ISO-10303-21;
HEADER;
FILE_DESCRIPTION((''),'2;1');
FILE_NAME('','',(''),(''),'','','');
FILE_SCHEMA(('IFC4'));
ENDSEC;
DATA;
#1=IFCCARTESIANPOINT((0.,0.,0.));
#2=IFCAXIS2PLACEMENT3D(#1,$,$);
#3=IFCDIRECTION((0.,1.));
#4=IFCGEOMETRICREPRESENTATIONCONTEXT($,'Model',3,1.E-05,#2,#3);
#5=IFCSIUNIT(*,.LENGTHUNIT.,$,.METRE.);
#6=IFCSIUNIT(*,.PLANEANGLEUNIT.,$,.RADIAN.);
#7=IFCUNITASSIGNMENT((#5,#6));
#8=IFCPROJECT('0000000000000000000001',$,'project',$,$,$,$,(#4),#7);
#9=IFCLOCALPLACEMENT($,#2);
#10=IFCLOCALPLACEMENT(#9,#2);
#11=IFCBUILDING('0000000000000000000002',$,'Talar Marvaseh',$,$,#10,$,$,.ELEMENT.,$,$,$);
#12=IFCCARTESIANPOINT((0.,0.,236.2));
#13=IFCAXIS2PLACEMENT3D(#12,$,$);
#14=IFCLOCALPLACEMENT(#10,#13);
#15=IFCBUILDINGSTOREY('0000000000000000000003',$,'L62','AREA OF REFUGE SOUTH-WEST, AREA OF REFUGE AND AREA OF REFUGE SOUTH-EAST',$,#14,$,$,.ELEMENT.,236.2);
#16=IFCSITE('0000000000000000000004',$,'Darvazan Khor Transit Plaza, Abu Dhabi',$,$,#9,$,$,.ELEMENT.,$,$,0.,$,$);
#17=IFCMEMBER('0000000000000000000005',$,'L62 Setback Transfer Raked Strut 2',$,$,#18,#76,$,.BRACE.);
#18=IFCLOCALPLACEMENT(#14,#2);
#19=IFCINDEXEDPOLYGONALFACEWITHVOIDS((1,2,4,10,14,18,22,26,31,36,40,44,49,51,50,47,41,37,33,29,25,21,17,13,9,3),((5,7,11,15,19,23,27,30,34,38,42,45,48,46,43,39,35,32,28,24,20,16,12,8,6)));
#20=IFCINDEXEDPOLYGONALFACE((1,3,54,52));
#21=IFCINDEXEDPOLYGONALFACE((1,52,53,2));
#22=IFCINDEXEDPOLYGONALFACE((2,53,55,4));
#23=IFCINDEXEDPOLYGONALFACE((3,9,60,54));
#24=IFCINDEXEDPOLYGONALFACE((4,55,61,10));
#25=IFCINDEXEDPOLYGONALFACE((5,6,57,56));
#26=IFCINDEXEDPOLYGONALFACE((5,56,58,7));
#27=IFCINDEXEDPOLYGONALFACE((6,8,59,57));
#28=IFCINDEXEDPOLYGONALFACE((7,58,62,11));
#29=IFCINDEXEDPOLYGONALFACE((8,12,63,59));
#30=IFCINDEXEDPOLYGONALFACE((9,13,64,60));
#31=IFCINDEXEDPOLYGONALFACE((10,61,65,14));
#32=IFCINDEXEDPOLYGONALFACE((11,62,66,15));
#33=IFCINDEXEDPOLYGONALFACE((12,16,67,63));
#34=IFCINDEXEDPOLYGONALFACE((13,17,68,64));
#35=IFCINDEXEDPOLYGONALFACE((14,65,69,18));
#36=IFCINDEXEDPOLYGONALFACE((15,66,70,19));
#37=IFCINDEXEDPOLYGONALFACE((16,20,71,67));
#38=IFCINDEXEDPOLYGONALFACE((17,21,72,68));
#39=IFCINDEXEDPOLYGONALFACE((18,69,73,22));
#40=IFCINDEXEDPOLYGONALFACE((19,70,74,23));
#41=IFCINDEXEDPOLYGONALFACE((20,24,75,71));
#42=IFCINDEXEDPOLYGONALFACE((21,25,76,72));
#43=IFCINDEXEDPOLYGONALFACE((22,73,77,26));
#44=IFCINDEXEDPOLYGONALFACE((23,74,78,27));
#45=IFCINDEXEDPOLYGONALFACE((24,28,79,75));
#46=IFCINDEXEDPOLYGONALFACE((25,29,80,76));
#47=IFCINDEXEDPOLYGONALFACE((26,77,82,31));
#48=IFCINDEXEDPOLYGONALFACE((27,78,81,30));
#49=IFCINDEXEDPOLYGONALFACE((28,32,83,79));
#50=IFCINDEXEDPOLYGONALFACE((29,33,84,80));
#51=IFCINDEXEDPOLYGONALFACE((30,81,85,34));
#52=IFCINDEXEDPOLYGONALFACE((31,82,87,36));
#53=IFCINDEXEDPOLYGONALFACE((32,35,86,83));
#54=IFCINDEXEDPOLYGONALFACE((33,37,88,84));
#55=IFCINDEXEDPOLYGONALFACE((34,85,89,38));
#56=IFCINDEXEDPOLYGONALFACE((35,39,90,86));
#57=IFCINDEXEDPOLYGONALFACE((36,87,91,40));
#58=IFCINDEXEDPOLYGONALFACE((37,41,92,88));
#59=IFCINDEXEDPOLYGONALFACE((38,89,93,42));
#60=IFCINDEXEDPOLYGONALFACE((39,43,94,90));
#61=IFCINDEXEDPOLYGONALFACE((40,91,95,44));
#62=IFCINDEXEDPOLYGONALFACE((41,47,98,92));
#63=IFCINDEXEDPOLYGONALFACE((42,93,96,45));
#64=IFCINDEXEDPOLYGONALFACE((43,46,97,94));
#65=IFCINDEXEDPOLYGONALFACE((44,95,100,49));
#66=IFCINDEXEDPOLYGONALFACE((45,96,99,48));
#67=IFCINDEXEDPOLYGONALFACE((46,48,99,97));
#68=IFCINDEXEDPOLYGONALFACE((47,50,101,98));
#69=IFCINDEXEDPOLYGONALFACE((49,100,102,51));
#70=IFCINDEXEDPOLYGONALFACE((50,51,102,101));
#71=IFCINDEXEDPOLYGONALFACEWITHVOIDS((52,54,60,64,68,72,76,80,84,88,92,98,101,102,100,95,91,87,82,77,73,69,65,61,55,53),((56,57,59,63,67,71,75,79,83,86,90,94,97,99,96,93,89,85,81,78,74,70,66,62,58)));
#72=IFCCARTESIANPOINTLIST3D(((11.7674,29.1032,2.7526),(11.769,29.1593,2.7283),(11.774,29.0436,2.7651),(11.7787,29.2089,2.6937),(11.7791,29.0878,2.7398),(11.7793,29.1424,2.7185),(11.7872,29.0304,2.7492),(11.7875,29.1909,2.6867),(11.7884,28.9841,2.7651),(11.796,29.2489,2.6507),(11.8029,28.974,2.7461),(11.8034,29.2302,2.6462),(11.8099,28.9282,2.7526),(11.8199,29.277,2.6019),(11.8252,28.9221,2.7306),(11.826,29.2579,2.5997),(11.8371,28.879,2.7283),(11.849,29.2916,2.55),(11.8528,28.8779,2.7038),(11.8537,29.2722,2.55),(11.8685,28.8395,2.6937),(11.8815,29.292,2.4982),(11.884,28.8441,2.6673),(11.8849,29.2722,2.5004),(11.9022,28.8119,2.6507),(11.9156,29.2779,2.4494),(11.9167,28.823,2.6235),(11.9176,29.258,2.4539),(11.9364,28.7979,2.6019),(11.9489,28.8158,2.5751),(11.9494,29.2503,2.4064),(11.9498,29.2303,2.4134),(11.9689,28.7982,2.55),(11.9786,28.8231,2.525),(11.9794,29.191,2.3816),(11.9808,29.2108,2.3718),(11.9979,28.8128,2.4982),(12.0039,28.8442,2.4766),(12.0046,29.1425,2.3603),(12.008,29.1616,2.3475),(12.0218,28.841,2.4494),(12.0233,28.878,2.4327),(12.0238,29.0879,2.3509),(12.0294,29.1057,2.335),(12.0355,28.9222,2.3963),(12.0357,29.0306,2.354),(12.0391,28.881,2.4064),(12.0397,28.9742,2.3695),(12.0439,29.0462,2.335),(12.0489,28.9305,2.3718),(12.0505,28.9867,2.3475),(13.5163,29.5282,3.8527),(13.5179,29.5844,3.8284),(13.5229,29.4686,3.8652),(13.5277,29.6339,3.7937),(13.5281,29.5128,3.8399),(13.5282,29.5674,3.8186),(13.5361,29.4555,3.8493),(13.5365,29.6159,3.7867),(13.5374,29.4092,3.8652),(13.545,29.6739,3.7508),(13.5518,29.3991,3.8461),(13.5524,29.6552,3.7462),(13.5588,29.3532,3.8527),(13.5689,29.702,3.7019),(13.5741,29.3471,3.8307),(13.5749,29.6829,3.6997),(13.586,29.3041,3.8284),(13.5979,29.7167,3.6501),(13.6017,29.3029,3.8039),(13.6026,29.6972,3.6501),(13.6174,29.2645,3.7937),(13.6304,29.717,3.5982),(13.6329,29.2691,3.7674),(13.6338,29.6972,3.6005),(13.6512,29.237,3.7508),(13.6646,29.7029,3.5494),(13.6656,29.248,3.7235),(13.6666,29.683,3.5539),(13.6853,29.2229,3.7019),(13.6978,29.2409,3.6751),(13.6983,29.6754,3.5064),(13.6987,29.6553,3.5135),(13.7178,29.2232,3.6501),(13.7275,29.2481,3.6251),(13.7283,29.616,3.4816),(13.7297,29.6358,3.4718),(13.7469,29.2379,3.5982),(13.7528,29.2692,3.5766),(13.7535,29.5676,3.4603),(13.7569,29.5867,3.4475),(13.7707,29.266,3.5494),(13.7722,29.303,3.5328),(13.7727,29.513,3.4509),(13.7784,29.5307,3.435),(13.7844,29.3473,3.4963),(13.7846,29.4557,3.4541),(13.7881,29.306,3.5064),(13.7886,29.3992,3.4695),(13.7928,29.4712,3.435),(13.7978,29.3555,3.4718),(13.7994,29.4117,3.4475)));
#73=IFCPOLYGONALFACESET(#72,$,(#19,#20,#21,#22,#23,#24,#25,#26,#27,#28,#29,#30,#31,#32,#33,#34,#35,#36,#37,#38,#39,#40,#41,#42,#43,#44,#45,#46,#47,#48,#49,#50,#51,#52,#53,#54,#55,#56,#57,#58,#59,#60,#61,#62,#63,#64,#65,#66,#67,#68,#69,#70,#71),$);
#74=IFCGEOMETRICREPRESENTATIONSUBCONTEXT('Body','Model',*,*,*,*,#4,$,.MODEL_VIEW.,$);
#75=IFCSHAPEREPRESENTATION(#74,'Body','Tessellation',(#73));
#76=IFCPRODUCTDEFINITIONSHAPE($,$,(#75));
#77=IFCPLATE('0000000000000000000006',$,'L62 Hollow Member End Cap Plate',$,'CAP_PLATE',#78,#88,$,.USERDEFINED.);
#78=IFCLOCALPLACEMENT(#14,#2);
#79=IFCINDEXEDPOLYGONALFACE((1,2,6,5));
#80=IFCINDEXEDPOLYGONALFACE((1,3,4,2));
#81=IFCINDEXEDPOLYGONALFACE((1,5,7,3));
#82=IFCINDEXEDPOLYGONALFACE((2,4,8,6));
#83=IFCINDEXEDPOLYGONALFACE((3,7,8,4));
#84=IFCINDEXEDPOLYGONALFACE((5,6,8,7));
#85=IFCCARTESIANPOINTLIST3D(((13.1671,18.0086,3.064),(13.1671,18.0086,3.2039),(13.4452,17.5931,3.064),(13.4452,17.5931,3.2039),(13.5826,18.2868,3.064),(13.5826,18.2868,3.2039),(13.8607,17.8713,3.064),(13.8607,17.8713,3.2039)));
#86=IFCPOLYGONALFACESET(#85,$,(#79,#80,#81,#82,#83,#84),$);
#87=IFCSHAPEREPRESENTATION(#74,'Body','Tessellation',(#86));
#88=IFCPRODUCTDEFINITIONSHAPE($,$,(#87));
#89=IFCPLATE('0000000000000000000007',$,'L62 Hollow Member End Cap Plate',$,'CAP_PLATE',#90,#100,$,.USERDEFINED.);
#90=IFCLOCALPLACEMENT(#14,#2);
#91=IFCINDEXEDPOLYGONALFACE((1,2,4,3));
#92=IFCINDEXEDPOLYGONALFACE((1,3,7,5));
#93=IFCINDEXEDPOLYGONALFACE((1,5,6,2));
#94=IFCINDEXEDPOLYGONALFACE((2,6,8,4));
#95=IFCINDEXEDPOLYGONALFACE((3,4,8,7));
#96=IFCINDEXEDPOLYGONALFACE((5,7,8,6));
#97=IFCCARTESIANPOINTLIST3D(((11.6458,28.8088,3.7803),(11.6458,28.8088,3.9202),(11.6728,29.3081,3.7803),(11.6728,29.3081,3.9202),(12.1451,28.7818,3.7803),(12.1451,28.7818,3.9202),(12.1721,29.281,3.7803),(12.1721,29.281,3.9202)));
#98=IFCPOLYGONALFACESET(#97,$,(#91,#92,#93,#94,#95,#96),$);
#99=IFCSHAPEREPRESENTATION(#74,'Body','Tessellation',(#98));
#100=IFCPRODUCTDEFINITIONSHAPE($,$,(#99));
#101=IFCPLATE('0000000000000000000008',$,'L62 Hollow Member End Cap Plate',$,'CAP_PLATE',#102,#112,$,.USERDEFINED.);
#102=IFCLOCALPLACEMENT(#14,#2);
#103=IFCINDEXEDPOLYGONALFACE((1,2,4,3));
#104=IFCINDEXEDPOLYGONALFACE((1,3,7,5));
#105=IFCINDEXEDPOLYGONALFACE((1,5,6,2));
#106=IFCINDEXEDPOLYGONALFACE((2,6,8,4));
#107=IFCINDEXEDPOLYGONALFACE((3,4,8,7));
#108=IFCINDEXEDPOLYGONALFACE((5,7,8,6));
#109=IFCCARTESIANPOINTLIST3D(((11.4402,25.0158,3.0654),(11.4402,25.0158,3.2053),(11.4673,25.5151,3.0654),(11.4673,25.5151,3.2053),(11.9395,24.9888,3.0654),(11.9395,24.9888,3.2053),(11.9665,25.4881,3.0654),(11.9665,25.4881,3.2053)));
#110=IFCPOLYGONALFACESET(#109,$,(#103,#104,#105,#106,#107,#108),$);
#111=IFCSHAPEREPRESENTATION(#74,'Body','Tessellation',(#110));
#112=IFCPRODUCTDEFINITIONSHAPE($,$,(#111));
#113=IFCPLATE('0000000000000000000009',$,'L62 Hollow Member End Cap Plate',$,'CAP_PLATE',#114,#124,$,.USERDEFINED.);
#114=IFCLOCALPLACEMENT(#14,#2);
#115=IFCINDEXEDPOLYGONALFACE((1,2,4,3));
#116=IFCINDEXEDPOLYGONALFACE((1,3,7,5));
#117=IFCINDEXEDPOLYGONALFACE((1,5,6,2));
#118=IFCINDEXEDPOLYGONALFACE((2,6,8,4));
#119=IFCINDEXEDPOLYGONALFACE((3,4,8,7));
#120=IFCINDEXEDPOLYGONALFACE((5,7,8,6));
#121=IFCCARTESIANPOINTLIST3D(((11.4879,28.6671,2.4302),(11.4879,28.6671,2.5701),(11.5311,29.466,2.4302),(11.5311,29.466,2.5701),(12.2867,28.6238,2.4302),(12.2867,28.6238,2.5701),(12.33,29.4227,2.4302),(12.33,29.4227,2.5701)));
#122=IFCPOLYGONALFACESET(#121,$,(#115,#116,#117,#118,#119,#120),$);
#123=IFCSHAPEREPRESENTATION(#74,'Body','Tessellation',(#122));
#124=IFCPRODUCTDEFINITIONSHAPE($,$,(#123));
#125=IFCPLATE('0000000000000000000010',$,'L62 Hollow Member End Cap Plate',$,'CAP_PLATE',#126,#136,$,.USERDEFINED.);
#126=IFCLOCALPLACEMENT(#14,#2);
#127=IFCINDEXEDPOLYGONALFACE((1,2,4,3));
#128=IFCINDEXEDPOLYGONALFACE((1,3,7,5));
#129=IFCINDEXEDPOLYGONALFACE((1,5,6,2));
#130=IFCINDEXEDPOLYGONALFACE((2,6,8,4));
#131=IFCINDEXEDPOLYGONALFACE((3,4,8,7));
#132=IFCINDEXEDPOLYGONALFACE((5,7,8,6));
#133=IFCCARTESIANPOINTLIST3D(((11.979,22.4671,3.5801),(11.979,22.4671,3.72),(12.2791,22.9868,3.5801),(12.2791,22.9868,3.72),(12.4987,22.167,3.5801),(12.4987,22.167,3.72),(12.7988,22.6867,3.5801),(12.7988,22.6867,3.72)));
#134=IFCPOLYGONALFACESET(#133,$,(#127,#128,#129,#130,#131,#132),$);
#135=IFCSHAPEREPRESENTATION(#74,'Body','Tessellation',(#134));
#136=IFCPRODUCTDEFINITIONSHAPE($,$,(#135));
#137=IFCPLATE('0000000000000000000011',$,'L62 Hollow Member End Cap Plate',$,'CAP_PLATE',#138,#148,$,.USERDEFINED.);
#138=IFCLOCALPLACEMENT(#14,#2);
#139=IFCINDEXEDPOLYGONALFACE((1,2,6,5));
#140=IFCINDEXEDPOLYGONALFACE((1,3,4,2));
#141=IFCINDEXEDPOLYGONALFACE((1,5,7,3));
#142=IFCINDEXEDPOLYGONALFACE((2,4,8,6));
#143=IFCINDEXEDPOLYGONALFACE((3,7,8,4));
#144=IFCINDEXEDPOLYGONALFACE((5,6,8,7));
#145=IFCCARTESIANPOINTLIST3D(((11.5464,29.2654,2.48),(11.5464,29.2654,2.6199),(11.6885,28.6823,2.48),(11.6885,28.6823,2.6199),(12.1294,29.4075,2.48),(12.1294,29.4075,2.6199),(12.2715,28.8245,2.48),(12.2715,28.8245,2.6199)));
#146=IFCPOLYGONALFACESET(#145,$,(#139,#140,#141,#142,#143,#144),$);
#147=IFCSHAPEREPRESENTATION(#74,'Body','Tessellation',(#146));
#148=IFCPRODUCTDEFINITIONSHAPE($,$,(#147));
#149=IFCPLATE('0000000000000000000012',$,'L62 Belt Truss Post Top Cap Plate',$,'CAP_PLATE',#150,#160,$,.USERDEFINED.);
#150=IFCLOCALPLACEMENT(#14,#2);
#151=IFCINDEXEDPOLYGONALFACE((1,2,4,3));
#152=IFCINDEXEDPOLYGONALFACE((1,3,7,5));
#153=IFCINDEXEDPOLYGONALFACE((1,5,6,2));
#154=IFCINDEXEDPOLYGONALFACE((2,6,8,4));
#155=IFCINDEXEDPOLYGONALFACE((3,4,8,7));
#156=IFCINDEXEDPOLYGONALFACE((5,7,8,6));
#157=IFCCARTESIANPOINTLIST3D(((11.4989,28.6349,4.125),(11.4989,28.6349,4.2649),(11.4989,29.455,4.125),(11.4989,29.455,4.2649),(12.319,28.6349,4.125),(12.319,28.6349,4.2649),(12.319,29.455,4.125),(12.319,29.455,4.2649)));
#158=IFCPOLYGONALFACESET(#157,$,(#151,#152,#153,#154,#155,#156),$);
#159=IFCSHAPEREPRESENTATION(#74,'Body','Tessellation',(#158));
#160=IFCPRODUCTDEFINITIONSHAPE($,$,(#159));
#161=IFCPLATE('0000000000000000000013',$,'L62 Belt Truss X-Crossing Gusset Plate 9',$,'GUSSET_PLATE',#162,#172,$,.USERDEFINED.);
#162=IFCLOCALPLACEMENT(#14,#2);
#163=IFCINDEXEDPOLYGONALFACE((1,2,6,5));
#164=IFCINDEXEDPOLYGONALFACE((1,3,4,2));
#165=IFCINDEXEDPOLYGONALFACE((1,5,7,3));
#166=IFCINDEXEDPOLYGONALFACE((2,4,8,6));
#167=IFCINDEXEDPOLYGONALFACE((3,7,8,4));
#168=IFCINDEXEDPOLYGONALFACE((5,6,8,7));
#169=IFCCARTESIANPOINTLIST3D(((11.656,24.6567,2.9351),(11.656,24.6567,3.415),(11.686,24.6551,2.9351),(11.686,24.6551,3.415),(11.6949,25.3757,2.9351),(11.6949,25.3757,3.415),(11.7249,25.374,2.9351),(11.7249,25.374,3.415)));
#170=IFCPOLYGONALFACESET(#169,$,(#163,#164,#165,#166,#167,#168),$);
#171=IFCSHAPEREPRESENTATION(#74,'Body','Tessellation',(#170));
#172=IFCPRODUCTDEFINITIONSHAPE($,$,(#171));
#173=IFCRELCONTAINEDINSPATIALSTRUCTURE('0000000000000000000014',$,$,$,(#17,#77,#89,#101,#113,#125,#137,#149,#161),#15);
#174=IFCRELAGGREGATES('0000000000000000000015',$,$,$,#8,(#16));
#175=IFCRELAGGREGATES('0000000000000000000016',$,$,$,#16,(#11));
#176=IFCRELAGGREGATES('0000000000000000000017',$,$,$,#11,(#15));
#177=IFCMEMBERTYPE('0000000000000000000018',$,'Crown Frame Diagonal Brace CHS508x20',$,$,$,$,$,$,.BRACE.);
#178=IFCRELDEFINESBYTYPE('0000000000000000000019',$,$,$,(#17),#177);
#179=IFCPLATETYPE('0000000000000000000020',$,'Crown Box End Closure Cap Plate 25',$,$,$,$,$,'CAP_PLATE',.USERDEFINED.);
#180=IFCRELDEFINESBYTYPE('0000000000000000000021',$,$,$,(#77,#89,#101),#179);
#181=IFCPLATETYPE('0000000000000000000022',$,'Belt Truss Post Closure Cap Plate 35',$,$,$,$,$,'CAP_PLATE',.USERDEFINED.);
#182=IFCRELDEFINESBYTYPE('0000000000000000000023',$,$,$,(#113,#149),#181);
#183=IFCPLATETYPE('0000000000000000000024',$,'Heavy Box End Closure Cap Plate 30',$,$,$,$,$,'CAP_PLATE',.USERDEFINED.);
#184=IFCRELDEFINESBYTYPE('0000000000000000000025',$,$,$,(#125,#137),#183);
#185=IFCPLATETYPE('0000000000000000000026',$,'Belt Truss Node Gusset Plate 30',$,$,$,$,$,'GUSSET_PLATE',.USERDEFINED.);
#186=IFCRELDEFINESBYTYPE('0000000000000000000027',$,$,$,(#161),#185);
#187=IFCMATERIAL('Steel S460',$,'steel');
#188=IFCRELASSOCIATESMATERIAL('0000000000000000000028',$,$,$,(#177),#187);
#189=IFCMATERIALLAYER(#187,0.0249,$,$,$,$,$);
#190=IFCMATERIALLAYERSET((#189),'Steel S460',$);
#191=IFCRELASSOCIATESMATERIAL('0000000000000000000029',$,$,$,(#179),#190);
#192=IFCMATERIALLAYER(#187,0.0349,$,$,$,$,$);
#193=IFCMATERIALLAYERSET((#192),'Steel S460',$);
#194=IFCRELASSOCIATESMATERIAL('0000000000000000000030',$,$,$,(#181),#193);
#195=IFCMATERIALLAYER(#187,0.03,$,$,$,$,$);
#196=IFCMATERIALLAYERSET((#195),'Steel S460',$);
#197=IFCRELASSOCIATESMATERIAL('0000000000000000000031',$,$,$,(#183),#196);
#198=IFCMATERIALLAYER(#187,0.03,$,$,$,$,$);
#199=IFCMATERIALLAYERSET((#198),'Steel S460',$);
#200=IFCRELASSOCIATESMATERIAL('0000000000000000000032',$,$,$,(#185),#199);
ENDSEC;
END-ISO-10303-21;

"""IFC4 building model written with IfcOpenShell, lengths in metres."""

from ifc_helpers import new_model, si_unit, direction, frame, origin, origin_2d, place, context, subcontext, project, spatial, rectangle, hollow_circle, extrude, source, transform, mapped, material, layer, layer_set, material_profile, profile_set, type_object, type_shapes, element, save


model = new_model("IFC4")

# Units and contexts
model_context = context("Model", 3, precision=1e-05, world=origin(), true_north=direction((0.0, 1.0)))
body_context = subcontext(model_context, "Body", "Model", "MODEL_VIEW")
ifc_project = project(units=[si_unit("LENGTHUNIT", "METRE"), si_unit("PLANEANGLEUNIT", "RADIAN")], contexts=[model_context])

# Site, building, storey
site_placement = place(None, origin())
site = spatial("IfcSite", under=ifc_project, at=site_placement, Name="Darvazan Khor Transit Plaza, Abu Dhabi", CompositionType="ELEMENT", RefElevation=0.0)
building_placement = place(site_placement, origin())
building = spatial("IfcBuilding", under=site, at=building_placement, Name="Talar Marvaseh", CompositionType="ELEMENT")
storey_placement = place(building_placement, frame((0.0, 0.0, 236.2)))
storey = spatial("IfcBuildingStorey", under=building, at=storey_placement, Name="L62", Description="AREA OF REFUGE SOUTH-WEST, AREA OF REFUGE AND AREA OF REFUGE SOUTH-EAST", CompositionType="ELEMENT", Elevation=236.2)

# Shared definitions
ifc_material_1 = material(Name="Steel S460", Category="steel")

# Member
ifc_material_profile_1 = material_profile(ifc_material_1, hollow_circle(Radius=0.2539, WallThickness=0.02, at=origin_2d()), Name="CHS508x20")
ifc_profile_set_1 = profile_set([ifc_material_profile_1], Name="Steel S460")
member_type = type_object("IfcMemberType", Name="Crown Frame Diagonal Brace CHS508x20", PredefinedType="BRACE", material=ifc_profile_set_1)
shared_shape_1 = source(origin(), body_context, "Body", "SweptSolid", [
    extrude(hollow_circle(Radius=0.2539, WallThickness=0.02, at=origin_2d()), origin(), (0.0, 0.0, 1.0), 2.1094),
])
type_shapes(member_type, [shared_shape_1])
member_placement = place(storey_placement, frame((11.9089, 29.0449, 2.55), z_axis=(0.82912, 0.201493, 0.521498), x_axis=(-0.236147, 0.971717, 0.0)))
element("IfcMember", 1, at=member_placement, inside=storey, type_object=member_type, Name="L62 Setback Transfer Raked Strut 2", PredefinedType="BRACE", context=body_context, shape_type="MappedRepresentation", body=[
    mapped(shared_shape_1, transform((0.0, 0.0, 0.0), x_axis=(1.0, 0.0, 0.0), y_axis=(0.0, 1.0, 0.0), z_axis=(0.0, 0.0, 1.0), scale=1.0)),
])

# Plates
ifc_layer_1 = layer(ifc_material_1, 0.0249)
ifc_layer_set_1 = layer_set([ifc_layer_1], Name="Steel S460")
plate_type_1 = type_object("IfcPlateType", Name="Crown Box End Closure Cap Plate 25", ElementType="CAP_PLATE", PredefinedType="USERDEFINED", material=ifc_layer_set_1)
shared_shape_2 = source(origin(), body_context, "Body", "SweptSolid", [
    extrude(rectangle(XDim=0.5, YDim=0.5, at=origin_2d()), origin(), (0.0, 0.0, 1.0), 0.1399),
])
type_shapes(plate_type_1, [shared_shape_2])
for number, where, z_axis, x_axis, name in (
    (2, (13.5139, 17.9399, 3.064), (0.0, 0.0, 1.0), (0.556296, -0.830984, 0.0), "L62 Hollow Member End Cap Plate"),
    (3, (11.9089, 29.0449, 3.7803), (0.0, 0.0, 1.0), (0.054079, 0.998537, 0.0), "L62 Hollow Member End Cap Plate"),
    (4, (11.7034, 25.252, 3.0654), (0.0, 0.0, 1.0), (-0.054079, -0.998537, 0.0), "L62 Hollow Member End Cap Plate"),
):
    element("IfcPlate", number, at=place(storey_placement, frame(where, z_axis=z_axis, x_axis=x_axis)), inside=storey, type_object=plate_type_1, Name=name, ObjectType="CAP_PLATE", PredefinedType="USERDEFINED", context=body_context, shape_type="MappedRepresentation", body=[
        mapped(shared_shape_2, transform((0.0, 0.0, 0.0), x_axis=(1.0, 0.0, 0.0), y_axis=(0.0, 1.0, 0.0), z_axis=(0.0, 0.0, 1.0), scale=1.0)),
    ])
ifc_layer_2 = layer(ifc_material_1, 0.0349)
ifc_layer_set_2 = layer_set([ifc_layer_2], Name="Steel S460")
plate_type_2 = type_object("IfcPlateType", Name="Belt Truss Post Closure Cap Plate 35", ElementType="CAP_PLATE", PredefinedType="USERDEFINED", material=ifc_layer_set_2)
shared_shape_3 = source(origin(), body_context, "Body", "SweptSolid", [
    extrude(rectangle(XDim=0.8, YDim=0.8, at=origin_2d()), origin(), (0.0, 0.0, 1.0), 0.1399),
])
plate_1_placement = place(storey_placement, frame((11.9089, 29.0449, 2.4302), z_axis=(0.0, 0.0, 1.0), x_axis=(0.054079, 0.998537, 0.0)))
element("IfcPlate", 5, at=plate_1_placement, inside=storey, type_object=plate_type_2, Name="L62 Hollow Member End Cap Plate", ObjectType="CAP_PLATE", PredefinedType="USERDEFINED", context=body_context, shape_type="MappedRepresentation", body=[
    mapped(shared_shape_3, transform((0.0, 0.0, 0.0), x_axis=(1.0, 0.0, 0.0), y_axis=(0.0, 1.0, 0.0), z_axis=(0.0, 0.0, 1.0), scale=1.0)),
])
ifc_layer_3 = layer(ifc_material_1, 0.03)
ifc_layer_set_3 = layer_set([ifc_layer_3], Name="Steel S460")
plate_type_3 = type_object("IfcPlateType", Name="Heavy Box End Closure Cap Plate 30", ElementType="CAP_PLATE", PredefinedType="USERDEFINED", material=ifc_layer_set_3)
shared_shape_4 = source(origin(), body_context, "Body", "SweptSolid", [
    extrude(rectangle(XDim=0.6001, YDim=0.6001, at=origin_2d()), origin(), (0.0, 0.0, 1.0), 0.1399),
])
type_shapes(plate_type_3, [shared_shape_4])
for number, where, z_axis, x_axis, name in (
    (6, (12.3889, 22.5769, 3.5801), (0.0, 0.0, 1.0), (0.5, 0.866025, 0.0), "L62 Hollow Member End Cap Plate"),
    (7, (11.9089, 29.0449, 2.48), (0.0, 0.0, 1.0), (0.971549, 0.236838, 0.0), "L62 Hollow Member End Cap Plate"),
):
    element("IfcPlate", number, at=place(storey_placement, frame(where, z_axis=z_axis, x_axis=x_axis)), inside=storey, type_object=plate_type_3, Name=name, ObjectType="CAP_PLATE", PredefinedType="USERDEFINED", context=body_context, shape_type="MappedRepresentation", body=[
        mapped(shared_shape_4, transform((0.0, 0.0, 0.0), x_axis=(1.0, 0.0, 0.0), y_axis=(0.0, 1.0, 0.0), z_axis=(0.0, 0.0, 1.0), scale=1.0)),
    ])
shared_shape_5 = source(origin(), body_context, "Body", "SweptSolid", [
    extrude(rectangle(XDim=0.8201, YDim=0.8201, at=origin_2d()), origin(), (0.0, 0.0, 1.0), 0.1399),
])
type_shapes(plate_type_2, [shared_shape_3, shared_shape_5])
plate_2_placement = place(storey_placement, frame((11.9089, 29.0449, 4.125), z_axis=(0.0, 0.0, 1.0), x_axis=(1.0, 0.0, 0.0)))
element("IfcPlate", 8, at=plate_2_placement, inside=storey, type_object=plate_type_2, Name="L62 Belt Truss Post Top Cap Plate", ObjectType="CAP_PLATE", PredefinedType="USERDEFINED", context=body_context, shape_type="MappedRepresentation", body=[
    mapped(shared_shape_5, transform((0.0, 0.0, 0.0), x_axis=(1.0, 0.0, 0.0), y_axis=(0.0, 1.0, 0.0), z_axis=(0.0, 0.0, 1.0), scale=1.0)),
])
ifc_layer_4 = layer(ifc_material_1, 0.03)
ifc_layer_set_4 = layer_set([ifc_layer_4], Name="Steel S460")
plate_type_4 = type_object("IfcPlateType", Name="Belt Truss Node Gusset Plate 30", ElementType="GUSSET_PLATE", PredefinedType="USERDEFINED", material=ifc_layer_set_4)
shared_shape_6 = source(origin(), body_context, "Body", "SweptSolid", [
    extrude(rectangle(XDim=0.72, YDim=0.03, at=origin_2d()), origin(), (0.0, 0.0, 1.0), 0.48),
])
type_shapes(plate_type_4, [shared_shape_6])
plate_3_placement = place(storey_placement, frame((11.6904, 25.0154, 2.9351), z_axis=(0.0, 0.0, 1.0), x_axis=(0.054079, 0.998537, 0.0)))
element("IfcPlate", 9, at=plate_3_placement, inside=storey, type_object=plate_type_4, Name="L62 Belt Truss X-Crossing Gusset Plate 9", ObjectType="GUSSET_PLATE", PredefinedType="USERDEFINED", context=body_context, shape_type="MappedRepresentation", body=[
    mapped(shared_shape_6, transform((0.0, 0.0, 0.0), x_axis=(1.0, 0.0, 0.0), y_axis=(0.0, 1.0, 0.0), z_axis=(0.0, 0.0, 1.0), scale=1.0)),
])

save(model, "model.ifc")
